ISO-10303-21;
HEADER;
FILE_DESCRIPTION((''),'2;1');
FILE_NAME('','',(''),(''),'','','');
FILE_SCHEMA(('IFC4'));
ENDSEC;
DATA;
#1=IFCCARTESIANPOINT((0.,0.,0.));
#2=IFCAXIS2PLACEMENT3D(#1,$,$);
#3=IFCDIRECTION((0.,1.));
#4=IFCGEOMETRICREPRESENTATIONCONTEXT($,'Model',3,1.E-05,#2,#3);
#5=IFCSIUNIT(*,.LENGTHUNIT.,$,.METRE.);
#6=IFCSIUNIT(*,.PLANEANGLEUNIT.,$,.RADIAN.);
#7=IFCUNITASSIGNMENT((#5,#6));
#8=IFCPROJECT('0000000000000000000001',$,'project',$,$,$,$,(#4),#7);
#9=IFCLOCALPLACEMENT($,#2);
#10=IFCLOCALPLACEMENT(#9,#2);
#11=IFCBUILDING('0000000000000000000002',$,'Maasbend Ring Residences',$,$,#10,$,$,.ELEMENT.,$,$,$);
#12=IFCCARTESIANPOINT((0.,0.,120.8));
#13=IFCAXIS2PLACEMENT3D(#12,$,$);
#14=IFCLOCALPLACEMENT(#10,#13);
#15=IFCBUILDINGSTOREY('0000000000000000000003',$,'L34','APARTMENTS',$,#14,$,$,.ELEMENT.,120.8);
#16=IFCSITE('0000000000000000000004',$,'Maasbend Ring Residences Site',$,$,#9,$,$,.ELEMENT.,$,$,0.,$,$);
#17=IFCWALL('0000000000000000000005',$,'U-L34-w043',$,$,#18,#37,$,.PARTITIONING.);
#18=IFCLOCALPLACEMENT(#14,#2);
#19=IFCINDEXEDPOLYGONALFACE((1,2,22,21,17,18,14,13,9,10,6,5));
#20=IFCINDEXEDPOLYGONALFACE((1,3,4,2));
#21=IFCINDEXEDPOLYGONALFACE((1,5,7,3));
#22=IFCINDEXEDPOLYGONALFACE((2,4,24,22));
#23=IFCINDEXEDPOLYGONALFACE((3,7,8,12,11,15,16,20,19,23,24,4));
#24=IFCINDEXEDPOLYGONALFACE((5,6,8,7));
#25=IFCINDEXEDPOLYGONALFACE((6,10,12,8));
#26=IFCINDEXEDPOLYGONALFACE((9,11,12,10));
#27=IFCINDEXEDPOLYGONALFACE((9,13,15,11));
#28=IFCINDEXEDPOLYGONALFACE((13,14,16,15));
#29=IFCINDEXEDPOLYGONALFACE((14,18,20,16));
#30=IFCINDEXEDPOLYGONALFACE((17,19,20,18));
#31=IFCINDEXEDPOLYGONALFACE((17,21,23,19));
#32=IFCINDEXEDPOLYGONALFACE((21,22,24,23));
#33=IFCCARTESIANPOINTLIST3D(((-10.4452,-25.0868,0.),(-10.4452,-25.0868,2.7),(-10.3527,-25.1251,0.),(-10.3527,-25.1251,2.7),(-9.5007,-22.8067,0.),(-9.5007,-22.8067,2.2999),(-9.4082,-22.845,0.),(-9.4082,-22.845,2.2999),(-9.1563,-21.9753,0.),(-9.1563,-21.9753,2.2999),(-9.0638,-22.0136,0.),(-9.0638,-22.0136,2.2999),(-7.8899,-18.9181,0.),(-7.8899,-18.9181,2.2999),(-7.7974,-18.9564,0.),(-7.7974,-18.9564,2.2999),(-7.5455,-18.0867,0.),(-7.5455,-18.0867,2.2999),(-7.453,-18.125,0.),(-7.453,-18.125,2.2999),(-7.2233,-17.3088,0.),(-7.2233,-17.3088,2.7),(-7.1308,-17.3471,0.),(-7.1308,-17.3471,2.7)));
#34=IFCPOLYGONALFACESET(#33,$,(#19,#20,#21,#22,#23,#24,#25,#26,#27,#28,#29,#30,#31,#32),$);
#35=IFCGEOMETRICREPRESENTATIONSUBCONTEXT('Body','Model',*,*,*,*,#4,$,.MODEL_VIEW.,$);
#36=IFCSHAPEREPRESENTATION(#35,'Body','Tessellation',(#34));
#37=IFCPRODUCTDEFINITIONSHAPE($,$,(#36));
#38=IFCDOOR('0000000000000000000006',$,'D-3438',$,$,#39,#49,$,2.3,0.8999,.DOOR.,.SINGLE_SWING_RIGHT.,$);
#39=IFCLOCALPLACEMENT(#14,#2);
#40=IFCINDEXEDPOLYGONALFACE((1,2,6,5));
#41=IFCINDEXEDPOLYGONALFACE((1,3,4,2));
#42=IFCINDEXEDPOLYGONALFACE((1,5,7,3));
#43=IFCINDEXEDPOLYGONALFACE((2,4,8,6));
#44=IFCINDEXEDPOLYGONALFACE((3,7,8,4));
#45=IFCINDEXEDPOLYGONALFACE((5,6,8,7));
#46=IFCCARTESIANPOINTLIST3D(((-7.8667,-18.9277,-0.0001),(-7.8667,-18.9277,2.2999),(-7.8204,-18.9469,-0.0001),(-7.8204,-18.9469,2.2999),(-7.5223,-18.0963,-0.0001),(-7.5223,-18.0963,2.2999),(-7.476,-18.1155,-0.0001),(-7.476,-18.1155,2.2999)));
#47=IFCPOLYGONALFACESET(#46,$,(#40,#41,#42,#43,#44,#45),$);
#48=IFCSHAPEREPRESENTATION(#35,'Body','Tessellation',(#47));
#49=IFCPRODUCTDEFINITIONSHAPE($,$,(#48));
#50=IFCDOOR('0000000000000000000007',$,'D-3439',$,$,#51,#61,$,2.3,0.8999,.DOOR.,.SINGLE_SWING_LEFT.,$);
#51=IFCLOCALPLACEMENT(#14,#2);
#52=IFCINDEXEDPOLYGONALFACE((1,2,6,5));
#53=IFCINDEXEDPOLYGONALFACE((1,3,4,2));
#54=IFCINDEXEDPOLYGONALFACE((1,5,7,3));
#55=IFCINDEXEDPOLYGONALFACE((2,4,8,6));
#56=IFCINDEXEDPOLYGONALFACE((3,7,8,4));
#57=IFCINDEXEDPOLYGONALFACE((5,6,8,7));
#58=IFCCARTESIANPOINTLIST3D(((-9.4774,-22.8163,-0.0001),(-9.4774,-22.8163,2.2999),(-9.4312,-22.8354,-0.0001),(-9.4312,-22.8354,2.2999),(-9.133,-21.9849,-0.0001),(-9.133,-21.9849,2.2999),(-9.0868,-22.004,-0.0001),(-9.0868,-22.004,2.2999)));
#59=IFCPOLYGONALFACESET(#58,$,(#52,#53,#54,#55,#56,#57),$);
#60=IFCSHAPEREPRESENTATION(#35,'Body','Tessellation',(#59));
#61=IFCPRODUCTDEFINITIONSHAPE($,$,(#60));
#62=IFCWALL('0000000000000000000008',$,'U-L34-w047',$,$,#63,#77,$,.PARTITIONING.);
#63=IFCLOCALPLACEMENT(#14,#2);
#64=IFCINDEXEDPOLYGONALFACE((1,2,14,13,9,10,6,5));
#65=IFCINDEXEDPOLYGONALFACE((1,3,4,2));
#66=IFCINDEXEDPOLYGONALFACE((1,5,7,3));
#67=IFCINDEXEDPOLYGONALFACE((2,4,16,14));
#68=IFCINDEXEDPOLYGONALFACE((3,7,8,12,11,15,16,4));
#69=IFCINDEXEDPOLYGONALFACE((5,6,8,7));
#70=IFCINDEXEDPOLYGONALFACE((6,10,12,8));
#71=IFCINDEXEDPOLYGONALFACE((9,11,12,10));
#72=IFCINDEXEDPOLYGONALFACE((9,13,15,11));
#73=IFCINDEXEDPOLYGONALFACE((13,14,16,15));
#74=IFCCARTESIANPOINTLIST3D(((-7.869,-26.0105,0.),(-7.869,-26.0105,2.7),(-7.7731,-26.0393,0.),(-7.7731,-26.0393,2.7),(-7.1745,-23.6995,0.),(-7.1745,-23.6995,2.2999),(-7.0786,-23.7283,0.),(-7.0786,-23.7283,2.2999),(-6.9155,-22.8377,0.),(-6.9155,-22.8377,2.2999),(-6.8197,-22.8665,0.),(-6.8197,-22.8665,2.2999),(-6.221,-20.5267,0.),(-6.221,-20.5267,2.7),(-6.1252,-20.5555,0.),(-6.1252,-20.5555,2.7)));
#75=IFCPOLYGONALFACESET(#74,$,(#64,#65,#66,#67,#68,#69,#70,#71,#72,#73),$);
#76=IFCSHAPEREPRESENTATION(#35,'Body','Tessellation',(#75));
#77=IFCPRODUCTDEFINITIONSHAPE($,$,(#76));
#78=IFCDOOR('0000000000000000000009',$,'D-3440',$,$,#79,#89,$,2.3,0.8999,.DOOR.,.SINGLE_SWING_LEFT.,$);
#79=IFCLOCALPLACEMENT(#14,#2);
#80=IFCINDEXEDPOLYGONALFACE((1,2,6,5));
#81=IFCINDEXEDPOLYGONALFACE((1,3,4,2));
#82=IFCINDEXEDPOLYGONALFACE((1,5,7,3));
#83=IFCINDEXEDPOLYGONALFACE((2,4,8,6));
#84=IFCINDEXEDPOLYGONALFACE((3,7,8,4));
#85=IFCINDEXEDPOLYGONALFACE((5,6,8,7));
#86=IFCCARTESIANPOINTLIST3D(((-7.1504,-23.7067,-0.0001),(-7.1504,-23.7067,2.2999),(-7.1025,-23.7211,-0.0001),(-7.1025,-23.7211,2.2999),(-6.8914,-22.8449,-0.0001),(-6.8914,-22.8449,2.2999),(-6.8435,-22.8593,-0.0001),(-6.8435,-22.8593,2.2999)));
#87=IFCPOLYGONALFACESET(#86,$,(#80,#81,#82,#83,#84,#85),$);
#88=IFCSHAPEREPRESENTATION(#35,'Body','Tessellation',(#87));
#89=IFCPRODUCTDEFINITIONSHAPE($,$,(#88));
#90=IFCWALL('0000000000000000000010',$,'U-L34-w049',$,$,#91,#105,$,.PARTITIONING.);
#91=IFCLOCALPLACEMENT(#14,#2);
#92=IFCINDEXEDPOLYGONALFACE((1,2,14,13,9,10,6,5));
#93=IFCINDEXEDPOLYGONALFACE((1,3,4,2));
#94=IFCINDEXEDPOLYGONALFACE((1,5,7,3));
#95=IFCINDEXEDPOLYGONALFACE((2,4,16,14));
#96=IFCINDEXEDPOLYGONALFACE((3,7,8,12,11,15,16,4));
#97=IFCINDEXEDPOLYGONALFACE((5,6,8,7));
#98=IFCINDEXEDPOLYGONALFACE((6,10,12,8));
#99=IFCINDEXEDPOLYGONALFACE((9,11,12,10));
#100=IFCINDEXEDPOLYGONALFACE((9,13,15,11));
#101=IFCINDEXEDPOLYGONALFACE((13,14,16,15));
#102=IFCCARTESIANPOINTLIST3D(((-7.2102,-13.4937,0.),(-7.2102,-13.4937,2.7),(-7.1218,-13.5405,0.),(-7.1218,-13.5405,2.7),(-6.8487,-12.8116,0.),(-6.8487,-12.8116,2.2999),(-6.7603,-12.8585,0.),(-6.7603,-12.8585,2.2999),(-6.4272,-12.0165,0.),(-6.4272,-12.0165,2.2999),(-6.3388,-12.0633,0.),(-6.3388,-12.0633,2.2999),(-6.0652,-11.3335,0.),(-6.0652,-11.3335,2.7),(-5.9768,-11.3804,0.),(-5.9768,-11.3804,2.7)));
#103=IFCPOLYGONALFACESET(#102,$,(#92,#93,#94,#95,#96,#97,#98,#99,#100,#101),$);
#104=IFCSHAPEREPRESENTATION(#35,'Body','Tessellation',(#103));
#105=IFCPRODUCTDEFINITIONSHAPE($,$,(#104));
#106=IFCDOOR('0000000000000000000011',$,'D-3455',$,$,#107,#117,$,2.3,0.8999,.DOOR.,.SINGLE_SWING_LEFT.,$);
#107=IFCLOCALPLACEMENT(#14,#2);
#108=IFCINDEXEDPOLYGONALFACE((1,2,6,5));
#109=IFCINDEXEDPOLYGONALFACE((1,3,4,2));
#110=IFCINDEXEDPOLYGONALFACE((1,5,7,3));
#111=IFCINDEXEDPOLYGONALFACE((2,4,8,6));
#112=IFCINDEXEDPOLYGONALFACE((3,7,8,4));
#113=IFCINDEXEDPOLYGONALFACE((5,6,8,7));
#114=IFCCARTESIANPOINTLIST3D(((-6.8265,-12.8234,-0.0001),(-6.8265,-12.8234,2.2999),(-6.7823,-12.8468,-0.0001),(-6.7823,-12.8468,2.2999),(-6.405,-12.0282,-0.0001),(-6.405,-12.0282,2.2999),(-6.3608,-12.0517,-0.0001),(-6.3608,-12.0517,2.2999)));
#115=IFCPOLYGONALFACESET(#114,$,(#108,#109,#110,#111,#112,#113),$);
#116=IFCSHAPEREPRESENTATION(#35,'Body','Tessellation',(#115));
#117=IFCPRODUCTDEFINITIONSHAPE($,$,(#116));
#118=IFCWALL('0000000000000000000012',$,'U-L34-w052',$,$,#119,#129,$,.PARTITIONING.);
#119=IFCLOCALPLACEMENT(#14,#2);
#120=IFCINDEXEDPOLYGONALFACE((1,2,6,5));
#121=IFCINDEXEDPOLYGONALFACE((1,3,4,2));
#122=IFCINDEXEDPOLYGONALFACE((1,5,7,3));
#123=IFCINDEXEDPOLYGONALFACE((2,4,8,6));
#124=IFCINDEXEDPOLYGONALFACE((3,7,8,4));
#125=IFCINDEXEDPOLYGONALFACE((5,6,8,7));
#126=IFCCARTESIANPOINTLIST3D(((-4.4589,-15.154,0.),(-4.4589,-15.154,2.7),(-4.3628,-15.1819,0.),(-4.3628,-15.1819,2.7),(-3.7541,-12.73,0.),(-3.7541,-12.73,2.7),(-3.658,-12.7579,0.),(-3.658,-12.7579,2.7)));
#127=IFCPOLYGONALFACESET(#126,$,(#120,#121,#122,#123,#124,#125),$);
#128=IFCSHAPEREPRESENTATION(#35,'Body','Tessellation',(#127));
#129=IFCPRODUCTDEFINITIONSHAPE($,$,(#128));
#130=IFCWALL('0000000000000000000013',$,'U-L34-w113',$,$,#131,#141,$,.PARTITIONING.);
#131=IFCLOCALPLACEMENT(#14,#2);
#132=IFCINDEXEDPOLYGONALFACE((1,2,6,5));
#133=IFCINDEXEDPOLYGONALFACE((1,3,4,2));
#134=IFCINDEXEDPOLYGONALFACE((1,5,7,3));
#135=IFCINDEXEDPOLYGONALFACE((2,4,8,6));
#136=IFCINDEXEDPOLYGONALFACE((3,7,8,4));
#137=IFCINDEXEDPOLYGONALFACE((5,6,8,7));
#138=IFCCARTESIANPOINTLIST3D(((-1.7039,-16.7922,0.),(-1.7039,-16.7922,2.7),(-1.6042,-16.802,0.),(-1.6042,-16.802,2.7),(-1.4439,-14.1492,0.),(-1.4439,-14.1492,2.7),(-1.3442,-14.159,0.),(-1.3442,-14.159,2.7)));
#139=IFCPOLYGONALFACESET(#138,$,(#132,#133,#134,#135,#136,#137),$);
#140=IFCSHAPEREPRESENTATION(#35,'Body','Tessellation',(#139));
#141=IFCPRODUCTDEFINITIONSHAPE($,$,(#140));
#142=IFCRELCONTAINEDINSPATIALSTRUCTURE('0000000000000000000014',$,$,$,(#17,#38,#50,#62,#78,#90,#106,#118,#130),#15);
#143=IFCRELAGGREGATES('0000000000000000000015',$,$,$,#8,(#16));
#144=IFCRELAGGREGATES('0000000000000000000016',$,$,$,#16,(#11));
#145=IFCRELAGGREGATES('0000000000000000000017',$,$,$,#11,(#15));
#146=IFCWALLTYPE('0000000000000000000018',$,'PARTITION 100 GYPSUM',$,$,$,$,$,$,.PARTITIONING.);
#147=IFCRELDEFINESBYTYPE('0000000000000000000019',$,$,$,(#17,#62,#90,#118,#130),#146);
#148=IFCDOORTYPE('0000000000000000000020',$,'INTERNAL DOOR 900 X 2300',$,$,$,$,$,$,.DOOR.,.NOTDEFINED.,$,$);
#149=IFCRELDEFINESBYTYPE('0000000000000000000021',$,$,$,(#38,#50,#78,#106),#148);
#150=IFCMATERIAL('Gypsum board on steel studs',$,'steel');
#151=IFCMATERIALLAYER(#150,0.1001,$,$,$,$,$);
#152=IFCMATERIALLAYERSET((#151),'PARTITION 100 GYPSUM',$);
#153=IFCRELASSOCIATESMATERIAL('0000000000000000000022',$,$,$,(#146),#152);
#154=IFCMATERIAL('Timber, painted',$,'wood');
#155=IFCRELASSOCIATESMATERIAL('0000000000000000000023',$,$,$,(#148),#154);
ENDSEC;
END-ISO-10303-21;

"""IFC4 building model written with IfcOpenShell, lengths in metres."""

from ifc_helpers import new_model, si_unit, direction, frame, frame_2d, origin, place, context, subcontext, project, spatial, rectangle, extrude, material, layer, layer_set, type_object, element, fill, save


model = new_model("IFC4")

# Units and contexts
model_context = context("Model", 3, precision=1e-05, world=origin(), true_north=direction((0.0, 1.0)))
body_context = subcontext(model_context, "Body", "Model", "MODEL_VIEW")
ifc_project = project(units=[si_unit("LENGTHUNIT", "METRE"), si_unit("PLANEANGLEUNIT", "RADIAN")], contexts=[model_context])

# Site, building, storey
site_placement = place(None, origin())
site = spatial("IfcSite", under=ifc_project, at=site_placement, Name="Maasbend Ring Residences Site", CompositionType="ELEMENT", RefElevation=0.0)
building_placement = place(site_placement, origin())
building = spatial("IfcBuilding", under=site, at=building_placement, Name="Maasbend Ring Residences", CompositionType="ELEMENT")
storey_placement = place(building_placement, frame((0.0, 0.0, 120.8)))
storey = spatial("IfcBuildingStorey", under=building, at=storey_placement, Name="L34", Description="APARTMENTS", CompositionType="ELEMENT", Elevation=120.8)

# Shared definitions
ifc_material_1 = material(Name="Gypsum board on steel studs", Category="steel")
ifc_layer_1 = layer(ifc_material_1, 0.1001)
ifc_layer_set_1 = layer_set([ifc_layer_1], Name="PARTITION 100 GYPSUM")
wall_type_1 = type_object("IfcWallType", Name="PARTITION 100 GYPSUM", PredefinedType="PARTITIONING", material=ifc_layer_set_1)
ifc_material_2 = material(Name="Timber, painted", Category="wood")
door_type_1 = type_object("IfcDoorType", Name="INTERNAL DOOR 900 X 2300", OperationType="NOTDEFINED", PredefinedType="DOOR", material=ifc_material_2)

# Wall, openings, doors
wall_1_placement = place(storey_placement, frame((-10.3989, -25.106, 0.0), z_axis=(0.0, 0.0, 1.0), x_axis=(0.382698, 0.923874, 0.0)))
wall_1 = element("IfcWall", 1, at=wall_1_placement, inside=storey, type_object=wall_type_1, Name="U-L34-w043", PredefinedType="PARTITIONING", context=body_context, shape_type="SweptSolid", body=[
    extrude(rectangle(XDim=8.4189, YDim=0.1001, at=frame_2d((4.2095, 0.0))), origin(), (0.0, 0.0, 1.0), 2.7),
])
opening_1_placement = place(wall_1_placement, frame((6.677, 0.0, 0.0)))
opening_1 = element("IfcOpeningElement", 2, at=opening_1_placement, cuts=wall_1, PredefinedType="OPENING", context=body_context, shape_type="SweptSolid", body=[
    extrude(rectangle(XDim=0.8999, YDim=2.3, at=frame_2d((0.45, 1.1499))), frame((0.0, 0.0601, 0.0), z_axis=(0.0, -1.0, 0.0), x_axis=(1.0, 0.0, 0.0)), (0.0, 0.0, 1.0), 0.1201),
])
opening_2_placement = place(wall_1_placement, frame((2.468, 0.0, 0.0)))
opening_2 = element("IfcOpeningElement", 3, at=opening_2_placement, cuts=wall_1, PredefinedType="OPENING", context=body_context, shape_type="SweptSolid", body=[
    extrude(rectangle(XDim=0.8999, YDim=2.3, at=frame_2d((0.45, 1.1499))), frame((0.0, 0.0601, 0.0), z_axis=(0.0, -1.0, 0.0), x_axis=(1.0, 0.0, 0.0)), (0.0, 0.0, 1.0), 0.1201),
])
door_1_placement = place(opening_1_placement, origin())
door_1 = element("IfcDoor", 4, at=door_1_placement, inside=storey, type_object=door_type_1, Name="D-3438", OperationType="SINGLE_SWING_RIGHT", OverallHeight=2.3, OverallWidth=0.8999, PredefinedType="DOOR", context=body_context, shape_type="SweptSolid", body=[
    extrude(rectangle(XDim=0.8999, YDim=2.3, at=frame_2d((0.45, 1.1499))), frame((0.0, 0.0249, 0.0), z_axis=(0.0, -1.0, 0.0), x_axis=(1.0, 0.0, 0.0)), (0.0, 0.0, 1.0), 0.05),
])
fill(opening_1, door_1)
door_2_placement = place(opening_2_placement, origin())
door_2 = element("IfcDoor", 5, at=door_2_placement, inside=storey, type_object=door_type_1, Name="D-3439", OperationType="SINGLE_SWING_LEFT", OverallHeight=2.3, OverallWidth=0.8999, PredefinedType="DOOR", context=body_context, shape_type="SweptSolid", body=[
    extrude(rectangle(XDim=0.8999, YDim=2.3, at=frame_2d((0.45, 1.1499))), frame((0.0, 0.0249, 0.0), z_axis=(0.0, -1.0, 0.0), x_axis=(1.0, 0.0, 0.0)), (0.0, 0.0, 1.0), 0.05),
])
fill(opening_2, door_2)

# Walls, openings, doors
wall_2_placement = place(storey_placement, frame((-7.821, -26.0249, 0.0), z_axis=(0.0, 0.0, 1.0), x_axis=(0.287794, 0.957692, 0.0)))
wall_2 = element("IfcWall", 6, at=wall_2_placement, inside=storey, type_object=wall_type_1, Name="U-L34-w047", PredefinedType="PARTITIONING", context=body_context, shape_type="SweptSolid", body=[
    extrude(rectangle(XDim=5.7261, YDim=0.1001, at=frame_2d((2.863, 0.0))), origin(), (0.0, 0.0, 1.0), 2.7),
])
opening_3_placement = place(wall_2_placement, frame((2.4131, 0.0, 0.0)))
opening_3 = element("IfcOpeningElement", 7, at=opening_3_placement, cuts=wall_2, PredefinedType="OPENING", context=body_context, shape_type="SweptSolid", body=[
    extrude(rectangle(XDim=0.8999, YDim=2.3, at=frame_2d((0.45, 1.1499))), frame((0.0, 0.0601, 0.0), z_axis=(0.0, -1.0, 0.0), x_axis=(1.0, 0.0, 0.0)), (0.0, 0.0, 1.0), 0.1201),
])
door_3_placement = place(opening_3_placement, origin())
door_3 = element("IfcDoor", 8, at=door_3_placement, inside=storey, type_object=door_type_1, Name="D-3440", OperationType="SINGLE_SWING_LEFT", OverallHeight=2.3, OverallWidth=0.8999, PredefinedType="DOOR", context=body_context, shape_type="SweptSolid", body=[
    extrude(rectangle(XDim=0.8999, YDim=2.3, at=frame_2d((0.45, 1.1499))), frame((0.0, 0.0249, 0.0), z_axis=(0.0, -1.0, 0.0), x_axis=(1.0, 0.0, 0.0)), (0.0, 0.0, 1.0), 0.05),
])
fill(opening_3, door_3)
wall_3_placement = place(storey_placement, frame((-7.166, -13.5171, 0.0), z_axis=(0.0, 0.0, 1.0), x_axis=(0.468337, 0.88355, 0.0)))
wall_3 = element("IfcWall", 9, at=wall_3_placement, inside=storey, type_object=wall_type_1, Name="U-L34-w049", PredefinedType="PARTITIONING", context=body_context, shape_type="SweptSolid", body=[
    extrude(rectangle(XDim=2.4448, YDim=0.1001, at=frame_2d((1.2224, 0.0))), origin(), (0.0, 0.0, 1.0), 2.7),
])
opening_4_placement = place(wall_3_placement, frame((0.772, 0.0, 0.0)))
opening_4 = element("IfcOpeningElement", 10, at=opening_4_placement, cuts=wall_3, PredefinedType="OPENING", context=body_context, shape_type="SweptSolid", body=[
    extrude(rectangle(XDim=0.8999, YDim=2.3, at=frame_2d((0.45, 1.1499))), frame((0.0, 0.0601, 0.0), z_axis=(0.0, -1.0, 0.0), x_axis=(1.0, 0.0, 0.0)), (0.0, 0.0, 1.0), 0.1201),
])
door_4_placement = place(opening_4_placement, origin())
door_4 = element("IfcDoor", 11, at=door_4_placement, inside=storey, type_object=door_type_1, Name="D-3455", OperationType="SINGLE_SWING_LEFT", OverallHeight=2.3, OverallWidth=0.8999, PredefinedType="DOOR", context=body_context, shape_type="SweptSolid", body=[
    extrude(rectangle(XDim=0.8999, YDim=2.3, at=frame_2d((0.45, 1.1499))), frame((0.0, 0.0249, 0.0), z_axis=(0.0, -1.0, 0.0), x_axis=(1.0, 0.0, 0.0)), (0.0, 0.0, 1.0), 0.05),
])
fill(opening_4, door_4)

# Walls
wall_4_placement = place(storey_placement, frame((-4.4109, -15.168, 0.0), z_axis=(0.0, 0.0, 1.0), x_axis=(0.279201, 0.960233, 0.0)))
element("IfcWall", 12, at=wall_4_placement, inside=storey, type_object=wall_type_1, Name="U-L34-w052", PredefinedType="PARTITIONING", context=body_context, shape_type="SweptSolid", body=[
    extrude(rectangle(XDim=2.5244, YDim=0.1001, at=frame_2d((1.2622, 0.0))), origin(), (0.0, 0.0, 1.0), 2.7),
])
wall_5_placement = place(storey_placement, frame((-1.394, -14.1541, 0.0), z_axis=(0.0, 0.0, 1.0), x_axis=(-0.097902, -0.995196, 0.0)))
element("IfcWall", 13, at=wall_5_placement, inside=storey, type_object=wall_type_1, Name="U-L34-w113", PredefinedType="PARTITIONING", context=body_context, shape_type="SweptSolid", body=[
    extrude(rectangle(XDim=2.6558, YDim=0.1001, at=frame_2d((1.3279, 0.0))), origin(), (0.0, 0.0, 1.0), 2.7),
])

save(model, "model.ifc")
